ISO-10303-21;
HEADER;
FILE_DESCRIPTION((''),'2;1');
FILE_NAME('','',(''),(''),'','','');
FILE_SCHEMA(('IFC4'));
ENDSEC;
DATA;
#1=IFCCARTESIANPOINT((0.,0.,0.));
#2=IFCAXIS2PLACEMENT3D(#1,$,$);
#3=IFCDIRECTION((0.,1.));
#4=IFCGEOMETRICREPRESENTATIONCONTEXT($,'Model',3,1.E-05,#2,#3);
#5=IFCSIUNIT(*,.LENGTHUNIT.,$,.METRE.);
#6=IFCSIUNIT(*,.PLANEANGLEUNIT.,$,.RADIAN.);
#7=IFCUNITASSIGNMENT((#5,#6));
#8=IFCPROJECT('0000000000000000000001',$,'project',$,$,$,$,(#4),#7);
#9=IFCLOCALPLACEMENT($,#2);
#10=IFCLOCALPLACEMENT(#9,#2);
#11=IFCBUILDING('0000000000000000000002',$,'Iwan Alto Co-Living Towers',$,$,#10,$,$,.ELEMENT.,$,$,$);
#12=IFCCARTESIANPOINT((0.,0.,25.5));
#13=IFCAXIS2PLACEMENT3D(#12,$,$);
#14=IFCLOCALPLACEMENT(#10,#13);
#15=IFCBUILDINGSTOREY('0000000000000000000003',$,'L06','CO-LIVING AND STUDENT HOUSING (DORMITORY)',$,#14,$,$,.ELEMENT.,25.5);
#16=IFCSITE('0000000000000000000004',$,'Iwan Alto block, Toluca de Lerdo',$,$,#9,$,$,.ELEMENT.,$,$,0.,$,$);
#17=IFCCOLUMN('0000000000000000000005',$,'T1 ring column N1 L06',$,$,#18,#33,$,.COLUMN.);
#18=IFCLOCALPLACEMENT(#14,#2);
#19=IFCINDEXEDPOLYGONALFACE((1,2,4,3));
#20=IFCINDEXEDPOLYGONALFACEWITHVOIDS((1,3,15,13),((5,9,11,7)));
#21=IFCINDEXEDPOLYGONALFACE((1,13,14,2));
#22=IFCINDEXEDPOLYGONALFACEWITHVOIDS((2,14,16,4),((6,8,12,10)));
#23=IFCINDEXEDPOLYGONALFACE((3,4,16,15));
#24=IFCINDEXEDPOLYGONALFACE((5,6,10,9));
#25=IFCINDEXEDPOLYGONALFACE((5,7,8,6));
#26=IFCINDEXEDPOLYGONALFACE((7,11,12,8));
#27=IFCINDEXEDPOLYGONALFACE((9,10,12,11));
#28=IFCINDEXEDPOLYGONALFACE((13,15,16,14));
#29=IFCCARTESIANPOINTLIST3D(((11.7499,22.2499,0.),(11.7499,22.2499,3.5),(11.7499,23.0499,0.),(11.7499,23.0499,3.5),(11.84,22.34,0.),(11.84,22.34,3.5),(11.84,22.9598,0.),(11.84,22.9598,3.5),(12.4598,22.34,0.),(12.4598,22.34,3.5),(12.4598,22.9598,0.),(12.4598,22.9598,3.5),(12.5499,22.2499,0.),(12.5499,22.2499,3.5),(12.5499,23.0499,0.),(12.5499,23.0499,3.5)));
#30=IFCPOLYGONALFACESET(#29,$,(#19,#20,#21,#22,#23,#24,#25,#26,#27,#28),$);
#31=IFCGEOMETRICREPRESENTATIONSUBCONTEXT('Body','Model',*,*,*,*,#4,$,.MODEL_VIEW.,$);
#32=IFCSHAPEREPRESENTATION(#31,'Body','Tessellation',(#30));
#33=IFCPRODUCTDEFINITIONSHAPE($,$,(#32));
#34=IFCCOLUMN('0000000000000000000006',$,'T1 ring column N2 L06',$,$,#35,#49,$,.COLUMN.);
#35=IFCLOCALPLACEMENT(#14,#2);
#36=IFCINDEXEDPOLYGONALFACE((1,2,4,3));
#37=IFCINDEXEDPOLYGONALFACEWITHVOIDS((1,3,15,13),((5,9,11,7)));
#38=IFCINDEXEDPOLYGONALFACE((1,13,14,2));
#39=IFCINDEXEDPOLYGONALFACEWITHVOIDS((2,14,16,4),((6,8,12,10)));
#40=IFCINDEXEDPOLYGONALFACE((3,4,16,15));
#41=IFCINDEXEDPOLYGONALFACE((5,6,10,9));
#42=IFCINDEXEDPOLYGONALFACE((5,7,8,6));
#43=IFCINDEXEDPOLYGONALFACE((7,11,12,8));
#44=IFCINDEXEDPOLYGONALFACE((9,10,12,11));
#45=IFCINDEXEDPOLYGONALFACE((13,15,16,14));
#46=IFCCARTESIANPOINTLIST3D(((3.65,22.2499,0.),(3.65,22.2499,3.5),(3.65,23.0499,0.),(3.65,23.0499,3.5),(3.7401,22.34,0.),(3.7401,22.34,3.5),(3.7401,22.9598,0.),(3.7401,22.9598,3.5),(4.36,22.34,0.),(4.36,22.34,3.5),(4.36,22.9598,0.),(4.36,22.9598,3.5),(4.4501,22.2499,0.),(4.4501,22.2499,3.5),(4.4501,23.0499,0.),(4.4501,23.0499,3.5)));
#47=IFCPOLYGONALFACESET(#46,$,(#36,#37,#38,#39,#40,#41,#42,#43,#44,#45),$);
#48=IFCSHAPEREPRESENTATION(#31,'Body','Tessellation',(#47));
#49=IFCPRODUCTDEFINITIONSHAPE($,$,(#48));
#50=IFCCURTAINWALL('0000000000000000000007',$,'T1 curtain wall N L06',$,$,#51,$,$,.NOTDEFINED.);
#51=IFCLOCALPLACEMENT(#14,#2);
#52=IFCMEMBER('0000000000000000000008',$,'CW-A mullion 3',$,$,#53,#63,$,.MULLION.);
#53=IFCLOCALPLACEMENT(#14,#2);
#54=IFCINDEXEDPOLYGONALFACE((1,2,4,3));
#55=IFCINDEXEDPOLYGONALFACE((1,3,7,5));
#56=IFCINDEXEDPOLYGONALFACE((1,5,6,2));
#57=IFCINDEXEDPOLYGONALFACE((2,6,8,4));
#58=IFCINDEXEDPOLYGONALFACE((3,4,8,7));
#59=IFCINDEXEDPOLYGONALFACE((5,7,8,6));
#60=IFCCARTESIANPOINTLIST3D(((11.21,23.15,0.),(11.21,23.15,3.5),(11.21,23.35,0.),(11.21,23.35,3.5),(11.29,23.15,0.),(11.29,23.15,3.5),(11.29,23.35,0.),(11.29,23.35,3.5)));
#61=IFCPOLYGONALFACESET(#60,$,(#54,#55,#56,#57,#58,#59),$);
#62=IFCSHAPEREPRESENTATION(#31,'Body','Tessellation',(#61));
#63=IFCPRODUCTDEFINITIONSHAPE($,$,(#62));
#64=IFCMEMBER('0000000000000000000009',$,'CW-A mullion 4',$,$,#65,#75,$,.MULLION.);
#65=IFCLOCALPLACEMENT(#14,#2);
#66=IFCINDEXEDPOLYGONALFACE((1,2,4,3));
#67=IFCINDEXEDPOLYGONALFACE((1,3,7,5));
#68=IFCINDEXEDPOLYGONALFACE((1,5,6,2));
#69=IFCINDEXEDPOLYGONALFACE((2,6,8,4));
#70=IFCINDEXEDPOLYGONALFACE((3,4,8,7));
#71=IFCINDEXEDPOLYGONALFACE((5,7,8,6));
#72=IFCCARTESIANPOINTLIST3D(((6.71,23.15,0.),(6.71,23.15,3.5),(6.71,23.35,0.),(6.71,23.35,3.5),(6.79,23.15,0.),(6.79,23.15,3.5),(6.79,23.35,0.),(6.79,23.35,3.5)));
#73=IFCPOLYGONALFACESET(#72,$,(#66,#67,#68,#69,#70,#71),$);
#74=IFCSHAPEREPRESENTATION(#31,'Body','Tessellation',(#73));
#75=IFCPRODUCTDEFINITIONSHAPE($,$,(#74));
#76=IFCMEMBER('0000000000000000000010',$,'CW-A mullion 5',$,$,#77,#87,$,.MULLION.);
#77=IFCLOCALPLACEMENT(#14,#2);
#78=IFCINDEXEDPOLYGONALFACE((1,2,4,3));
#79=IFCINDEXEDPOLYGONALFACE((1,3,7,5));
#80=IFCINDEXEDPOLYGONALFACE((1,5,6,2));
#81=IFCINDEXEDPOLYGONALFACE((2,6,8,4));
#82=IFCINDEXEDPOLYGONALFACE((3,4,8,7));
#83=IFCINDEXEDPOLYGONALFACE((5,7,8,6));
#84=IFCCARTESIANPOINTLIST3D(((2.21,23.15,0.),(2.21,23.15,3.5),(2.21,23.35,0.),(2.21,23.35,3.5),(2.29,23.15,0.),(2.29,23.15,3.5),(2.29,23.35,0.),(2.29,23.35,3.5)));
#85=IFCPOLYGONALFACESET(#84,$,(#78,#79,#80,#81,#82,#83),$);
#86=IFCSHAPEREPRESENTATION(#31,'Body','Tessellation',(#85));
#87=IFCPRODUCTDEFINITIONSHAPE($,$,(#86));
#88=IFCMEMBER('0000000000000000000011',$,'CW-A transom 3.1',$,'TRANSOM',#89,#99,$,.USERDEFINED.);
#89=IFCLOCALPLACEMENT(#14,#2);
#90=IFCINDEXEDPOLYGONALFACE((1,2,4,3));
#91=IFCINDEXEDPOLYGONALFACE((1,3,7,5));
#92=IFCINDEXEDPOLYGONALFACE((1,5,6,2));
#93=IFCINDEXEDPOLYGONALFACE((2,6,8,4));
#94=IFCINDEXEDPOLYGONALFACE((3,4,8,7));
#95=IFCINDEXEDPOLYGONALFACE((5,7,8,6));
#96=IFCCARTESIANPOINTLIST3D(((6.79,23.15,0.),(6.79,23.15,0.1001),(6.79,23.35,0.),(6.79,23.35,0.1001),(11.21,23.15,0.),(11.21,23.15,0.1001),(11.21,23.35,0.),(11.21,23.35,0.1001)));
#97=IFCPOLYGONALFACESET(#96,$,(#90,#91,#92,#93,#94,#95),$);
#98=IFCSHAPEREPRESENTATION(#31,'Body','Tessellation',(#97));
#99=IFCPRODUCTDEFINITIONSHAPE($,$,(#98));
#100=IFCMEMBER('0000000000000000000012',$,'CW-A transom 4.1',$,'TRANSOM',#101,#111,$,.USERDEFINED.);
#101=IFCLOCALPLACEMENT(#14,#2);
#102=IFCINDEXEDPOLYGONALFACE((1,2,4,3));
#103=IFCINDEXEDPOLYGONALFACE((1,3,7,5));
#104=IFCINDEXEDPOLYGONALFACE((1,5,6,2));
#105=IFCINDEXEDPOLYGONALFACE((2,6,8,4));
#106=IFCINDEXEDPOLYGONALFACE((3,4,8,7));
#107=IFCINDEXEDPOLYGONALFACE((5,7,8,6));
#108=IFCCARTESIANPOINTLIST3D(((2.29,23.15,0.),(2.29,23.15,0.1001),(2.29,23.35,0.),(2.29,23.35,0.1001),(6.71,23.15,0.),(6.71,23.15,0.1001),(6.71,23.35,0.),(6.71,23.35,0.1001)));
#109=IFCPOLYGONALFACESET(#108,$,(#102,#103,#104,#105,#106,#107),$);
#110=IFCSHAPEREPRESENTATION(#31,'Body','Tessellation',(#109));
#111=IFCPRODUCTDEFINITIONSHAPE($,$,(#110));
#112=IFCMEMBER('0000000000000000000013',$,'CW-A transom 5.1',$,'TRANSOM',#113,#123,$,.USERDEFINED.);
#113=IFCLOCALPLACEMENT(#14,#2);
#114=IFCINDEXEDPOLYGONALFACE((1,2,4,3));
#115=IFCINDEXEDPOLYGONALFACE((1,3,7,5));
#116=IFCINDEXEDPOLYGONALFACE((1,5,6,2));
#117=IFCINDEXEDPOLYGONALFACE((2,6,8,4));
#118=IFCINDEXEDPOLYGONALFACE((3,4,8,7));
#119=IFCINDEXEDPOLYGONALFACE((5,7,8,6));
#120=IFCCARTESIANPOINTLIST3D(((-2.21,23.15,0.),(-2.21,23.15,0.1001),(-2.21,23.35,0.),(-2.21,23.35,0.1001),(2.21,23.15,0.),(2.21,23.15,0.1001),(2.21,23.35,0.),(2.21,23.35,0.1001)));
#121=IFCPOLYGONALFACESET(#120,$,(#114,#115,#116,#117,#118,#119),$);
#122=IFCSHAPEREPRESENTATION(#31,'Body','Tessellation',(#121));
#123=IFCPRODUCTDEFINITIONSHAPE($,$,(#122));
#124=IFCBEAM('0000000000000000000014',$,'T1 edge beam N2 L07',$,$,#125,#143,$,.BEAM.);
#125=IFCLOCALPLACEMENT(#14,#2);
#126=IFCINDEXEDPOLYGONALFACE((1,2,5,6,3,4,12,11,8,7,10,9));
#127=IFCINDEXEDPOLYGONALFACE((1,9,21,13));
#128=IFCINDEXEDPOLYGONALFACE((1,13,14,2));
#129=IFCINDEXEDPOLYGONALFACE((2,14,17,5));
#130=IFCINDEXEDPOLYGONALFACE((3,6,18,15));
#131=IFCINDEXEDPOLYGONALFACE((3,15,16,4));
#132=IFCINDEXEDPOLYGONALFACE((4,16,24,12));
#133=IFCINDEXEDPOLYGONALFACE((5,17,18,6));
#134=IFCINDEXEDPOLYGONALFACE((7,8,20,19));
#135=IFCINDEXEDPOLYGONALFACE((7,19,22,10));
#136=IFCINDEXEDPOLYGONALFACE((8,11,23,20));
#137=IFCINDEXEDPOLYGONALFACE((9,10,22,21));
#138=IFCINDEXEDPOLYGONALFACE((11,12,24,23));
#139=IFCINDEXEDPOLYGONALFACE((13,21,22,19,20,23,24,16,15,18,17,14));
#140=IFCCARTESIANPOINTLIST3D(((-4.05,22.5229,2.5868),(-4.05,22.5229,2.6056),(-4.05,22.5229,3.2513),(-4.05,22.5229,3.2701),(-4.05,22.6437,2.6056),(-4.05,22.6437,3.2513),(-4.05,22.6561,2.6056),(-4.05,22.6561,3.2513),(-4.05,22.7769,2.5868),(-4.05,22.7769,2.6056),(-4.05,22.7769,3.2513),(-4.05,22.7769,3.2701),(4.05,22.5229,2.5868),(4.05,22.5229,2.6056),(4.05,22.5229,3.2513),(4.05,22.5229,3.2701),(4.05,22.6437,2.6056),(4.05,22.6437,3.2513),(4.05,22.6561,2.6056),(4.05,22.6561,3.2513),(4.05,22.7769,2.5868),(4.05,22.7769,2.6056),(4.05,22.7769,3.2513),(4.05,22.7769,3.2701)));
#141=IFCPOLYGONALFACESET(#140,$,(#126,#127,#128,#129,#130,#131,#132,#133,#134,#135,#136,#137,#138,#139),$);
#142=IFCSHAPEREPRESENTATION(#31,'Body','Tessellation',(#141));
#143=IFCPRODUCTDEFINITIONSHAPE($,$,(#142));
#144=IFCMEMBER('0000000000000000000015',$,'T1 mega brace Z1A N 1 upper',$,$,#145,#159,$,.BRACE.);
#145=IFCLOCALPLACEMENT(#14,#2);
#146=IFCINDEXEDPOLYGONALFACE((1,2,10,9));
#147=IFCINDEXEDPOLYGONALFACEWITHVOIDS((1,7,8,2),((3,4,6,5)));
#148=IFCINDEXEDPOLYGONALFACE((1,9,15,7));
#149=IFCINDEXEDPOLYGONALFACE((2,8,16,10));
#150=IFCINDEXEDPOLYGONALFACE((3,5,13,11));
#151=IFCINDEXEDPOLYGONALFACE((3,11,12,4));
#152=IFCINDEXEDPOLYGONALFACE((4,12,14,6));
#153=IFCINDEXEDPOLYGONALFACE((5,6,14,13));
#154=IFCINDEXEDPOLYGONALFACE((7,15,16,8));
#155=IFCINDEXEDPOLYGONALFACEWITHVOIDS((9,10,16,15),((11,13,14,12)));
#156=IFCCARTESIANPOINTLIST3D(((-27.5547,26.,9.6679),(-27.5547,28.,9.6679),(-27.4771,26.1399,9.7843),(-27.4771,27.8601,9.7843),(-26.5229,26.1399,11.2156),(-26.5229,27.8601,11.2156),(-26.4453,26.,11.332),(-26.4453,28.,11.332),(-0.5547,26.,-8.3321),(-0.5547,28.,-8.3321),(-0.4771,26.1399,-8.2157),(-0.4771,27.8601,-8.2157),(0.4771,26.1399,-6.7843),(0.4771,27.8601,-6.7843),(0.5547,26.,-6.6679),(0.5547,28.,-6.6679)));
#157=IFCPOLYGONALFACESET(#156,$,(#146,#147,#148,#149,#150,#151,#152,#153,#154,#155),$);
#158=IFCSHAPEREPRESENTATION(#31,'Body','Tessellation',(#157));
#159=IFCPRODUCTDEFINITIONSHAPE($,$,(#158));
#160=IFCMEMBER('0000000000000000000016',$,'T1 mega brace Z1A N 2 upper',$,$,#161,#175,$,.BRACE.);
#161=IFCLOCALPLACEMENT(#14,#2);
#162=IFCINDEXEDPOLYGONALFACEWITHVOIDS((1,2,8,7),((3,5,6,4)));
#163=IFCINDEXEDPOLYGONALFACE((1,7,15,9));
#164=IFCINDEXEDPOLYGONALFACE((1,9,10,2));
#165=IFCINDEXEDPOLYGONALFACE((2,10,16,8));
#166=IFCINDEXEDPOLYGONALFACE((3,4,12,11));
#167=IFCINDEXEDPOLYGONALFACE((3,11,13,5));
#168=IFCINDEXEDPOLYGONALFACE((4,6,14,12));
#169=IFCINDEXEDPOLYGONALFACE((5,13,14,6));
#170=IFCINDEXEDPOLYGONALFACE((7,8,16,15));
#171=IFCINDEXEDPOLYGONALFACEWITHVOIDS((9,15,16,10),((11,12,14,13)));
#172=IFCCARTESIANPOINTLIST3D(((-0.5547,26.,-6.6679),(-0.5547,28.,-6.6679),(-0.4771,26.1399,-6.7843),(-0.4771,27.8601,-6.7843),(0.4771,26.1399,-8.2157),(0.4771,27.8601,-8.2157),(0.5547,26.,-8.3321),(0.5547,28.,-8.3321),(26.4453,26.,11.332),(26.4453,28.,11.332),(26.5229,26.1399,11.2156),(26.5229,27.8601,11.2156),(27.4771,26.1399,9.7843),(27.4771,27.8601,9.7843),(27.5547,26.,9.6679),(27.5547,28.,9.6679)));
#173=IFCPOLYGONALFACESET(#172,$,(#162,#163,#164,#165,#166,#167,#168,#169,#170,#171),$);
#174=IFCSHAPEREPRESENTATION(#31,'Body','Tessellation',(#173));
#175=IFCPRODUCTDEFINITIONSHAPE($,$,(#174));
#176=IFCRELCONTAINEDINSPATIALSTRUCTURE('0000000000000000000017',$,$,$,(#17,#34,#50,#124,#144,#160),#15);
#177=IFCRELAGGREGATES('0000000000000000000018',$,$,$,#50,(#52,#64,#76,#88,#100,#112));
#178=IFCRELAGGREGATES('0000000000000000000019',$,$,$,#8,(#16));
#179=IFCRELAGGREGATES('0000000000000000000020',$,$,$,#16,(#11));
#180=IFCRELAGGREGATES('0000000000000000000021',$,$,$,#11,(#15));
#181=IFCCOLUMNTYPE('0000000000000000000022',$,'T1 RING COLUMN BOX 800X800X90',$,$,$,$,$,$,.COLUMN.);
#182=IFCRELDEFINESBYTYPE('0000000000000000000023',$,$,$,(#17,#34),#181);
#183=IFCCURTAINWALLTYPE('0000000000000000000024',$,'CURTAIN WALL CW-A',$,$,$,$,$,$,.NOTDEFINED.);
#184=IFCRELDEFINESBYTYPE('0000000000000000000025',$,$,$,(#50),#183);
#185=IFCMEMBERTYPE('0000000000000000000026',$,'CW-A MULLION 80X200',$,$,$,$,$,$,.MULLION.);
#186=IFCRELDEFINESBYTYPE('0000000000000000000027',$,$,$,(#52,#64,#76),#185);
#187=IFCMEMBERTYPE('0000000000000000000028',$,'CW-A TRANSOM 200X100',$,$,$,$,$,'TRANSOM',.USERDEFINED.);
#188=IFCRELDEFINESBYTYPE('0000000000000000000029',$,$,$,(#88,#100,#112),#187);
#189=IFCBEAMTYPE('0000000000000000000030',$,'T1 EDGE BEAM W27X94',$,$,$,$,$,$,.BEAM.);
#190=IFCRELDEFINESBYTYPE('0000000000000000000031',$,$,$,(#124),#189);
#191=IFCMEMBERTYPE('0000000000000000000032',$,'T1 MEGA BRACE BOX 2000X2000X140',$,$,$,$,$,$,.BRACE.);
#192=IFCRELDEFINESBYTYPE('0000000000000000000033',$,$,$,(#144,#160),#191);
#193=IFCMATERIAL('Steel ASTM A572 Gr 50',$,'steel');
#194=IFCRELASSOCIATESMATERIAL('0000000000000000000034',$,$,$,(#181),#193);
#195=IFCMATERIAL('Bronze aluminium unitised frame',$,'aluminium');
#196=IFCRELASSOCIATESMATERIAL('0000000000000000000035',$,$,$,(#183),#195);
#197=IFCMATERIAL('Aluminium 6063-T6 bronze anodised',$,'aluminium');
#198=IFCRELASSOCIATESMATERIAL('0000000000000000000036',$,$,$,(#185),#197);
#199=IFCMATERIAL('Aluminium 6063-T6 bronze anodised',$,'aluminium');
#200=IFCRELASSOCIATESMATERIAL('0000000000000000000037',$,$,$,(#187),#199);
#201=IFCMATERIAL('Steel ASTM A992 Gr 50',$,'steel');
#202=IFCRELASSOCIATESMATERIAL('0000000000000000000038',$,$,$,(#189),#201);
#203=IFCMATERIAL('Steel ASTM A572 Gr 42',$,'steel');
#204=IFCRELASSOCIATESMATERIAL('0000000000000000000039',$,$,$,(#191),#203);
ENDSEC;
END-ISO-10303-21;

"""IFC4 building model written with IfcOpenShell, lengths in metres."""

from ifc_helpers import new_model, si_unit, direction, frame, origin, origin_2d, place, context, subcontext, project, spatial, rectangle, hollow_rectangle, i_section, extrude, material, material_profile, profile_set, type_object, element, aggregate, save


model = new_model("IFC4")

# Units and contexts
model_context = context("Model", 3, precision=1e-05, world=origin(), true_north=direction((0.0, 1.0)))
body_context = subcontext(model_context, "Body", "Model", "MODEL_VIEW")
ifc_project = project(units=[si_unit("LENGTHUNIT", "METRE"), si_unit("PLANEANGLEUNIT", "RADIAN")], contexts=[model_context])

# Site, building, storey
site_placement = place(None, origin())
site = spatial("IfcSite", under=ifc_project, at=site_placement, Name="Iwan Alto block, Toluca de Lerdo", CompositionType="ELEMENT", RefElevation=0.0)
building_placement = place(site_placement, origin())
building = spatial("IfcBuilding", under=site, at=building_placement, Name="Iwan Alto Co-Living Towers", CompositionType="ELEMENT")
storey_placement = place(building_placement, frame((0.0, 0.0, 25.5)))
storey = spatial("IfcBuildingStorey", under=building, at=storey_placement, Name="L06", Description="CO-LIVING AND STUDENT HOUSING (DORMITORY)", CompositionType="ELEMENT", Elevation=25.5)

# Columns
ifc_material_1 = material(Name="Steel ASTM A572 Gr 50", Category="steel")
ifc_material_profile_1 = material_profile(ifc_material_1, hollow_rectangle(XDim=0.8, YDim=0.8, WallThickness=0.0901, at=origin_2d()), Name="BOX 800X800X90")
ifc_profile_set_1 = profile_set([ifc_material_profile_1], Name="Steel ASTM A572 Gr 50")
column_type = type_object("IfcColumnType", Name="T1 RING COLUMN BOX 800X800X90", PredefinedType="COLUMN", material=ifc_profile_set_1)
for number, where, z_axis, x_axis, name in (
    (1, (12.1499, 22.6499, 0.0), (0.0, 0.0, 1.0), (1.0, 0.0, 0.0), "T1 ring column N1 L06"),
    (2, (4.05, 22.6499, 0.0), (0.0, 0.0, 1.0), (1.0, 0.0, 0.0), "T1 ring column N2 L06"),
):
    element("IfcColumn", number, at=place(storey_placement, frame(where, z_axis=z_axis, x_axis=x_axis)), inside=storey, type_object=column_type, Name=name, PredefinedType="COLUMN", context=body_context, shape_type="SweptSolid", body=[
        extrude(hollow_rectangle(XDim=0.8, YDim=0.8, WallThickness=0.0901, at=origin_2d()), origin(), (0.0, 0.0, 1.0), 3.5),
    ])

# Curtain wall, members
ifc_material_2 = material(Name="Bronze aluminium unitised frame", Category="aluminium")
curtain_wall_type = type_object("IfcCurtainWallType", Name="CURTAIN WALL CW-A", PredefinedType="NOTDEFINED", material=ifc_material_2)
curtain_wall_placement = place(storey_placement, origin())
curtain_wall = element("IfcCurtainWall", 3, at=curtain_wall_placement, inside=storey, type_object=curtain_wall_type, Name="T1 curtain wall N L06", PredefinedType="NOTDEFINED")
ifc_material_3 = material(Name="Aluminium 6063-T6 bronze anodised", Category="aluminium")
ifc_material_profile_2 = material_profile(ifc_material_3, rectangle(XDim=0.2, YDim=0.0801, at=origin_2d()), Name="AL 80X200")
ifc_profile_set_2 = profile_set([ifc_material_profile_2], Name="Aluminium 6063-T6 bronze anodised")
member_type_1 = type_object("IfcMemberType", Name="CW-A MULLION 80X200", PredefinedType="MULLION", material=ifc_profile_set_2)
member_1_placement = place(storey_placement, frame((11.25, 23.25, 0.0), z_axis=(0.0, 0.0, 1.0), x_axis=(0.0, -1.0, 0.0)))
member_1 = element("IfcMember", 4, at=member_1_placement, type_object=member_type_1, Name="CW-A mullion 3", PredefinedType="MULLION", context=body_context, shape_type="SweptSolid", body=[
    extrude(rectangle(XDim=0.2, YDim=0.0801, at=origin_2d()), origin(), (0.0, 0.0, 1.0), 3.5),
])
member_2_placement = place(storey_placement, frame((6.75, 23.25, 0.0), z_axis=(0.0, 0.0, 1.0), x_axis=(0.0, -1.0, 0.0)))
member_2 = element("IfcMember", 5, at=member_2_placement, type_object=member_type_1, Name="CW-A mullion 4", PredefinedType="MULLION", context=body_context, shape_type="SweptSolid", body=[
    extrude(rectangle(XDim=0.2, YDim=0.0801, at=origin_2d()), origin(), (0.0, 0.0, 1.0), 3.5),
])
member_3_placement = place(storey_placement, frame((2.25, 23.25, 0.0), z_axis=(0.0, 0.0, 1.0), x_axis=(0.0, -1.0, 0.0)))
member_3 = element("IfcMember", 6, at=member_3_placement, type_object=member_type_1, Name="CW-A mullion 5", PredefinedType="MULLION", context=body_context, shape_type="SweptSolid", body=[
    extrude(rectangle(XDim=0.2, YDim=0.0801, at=origin_2d()), origin(), (0.0, 0.0, 1.0), 3.5),
])
ifc_material_4 = material(Name="Aluminium 6063-T6 bronze anodised", Category="aluminium")
ifc_material_profile_3 = material_profile(ifc_material_4, rectangle(XDim=0.2, YDim=0.1001, at=origin_2d()), Name="AL 200X100")
ifc_profile_set_3 = profile_set([ifc_material_profile_3], Name="Aluminium 6063-T6 bronze anodised")
member_type_2 = type_object("IfcMemberType", Name="CW-A TRANSOM 200X100", ElementType="TRANSOM", PredefinedType="USERDEFINED", material=ifc_profile_set_3)
member_4_placement = place(storey_placement, frame((11.21, 23.25, 0.05), z_axis=(-1.0, 0.0, 0.0), x_axis=(0.0, -1.0, 0.0)))
member_4 = element("IfcMember", 7, at=member_4_placement, type_object=member_type_2, Name="CW-A transom 3.1", ObjectType="TRANSOM", PredefinedType="USERDEFINED", context=body_context, shape_type="SweptSolid", body=[
    extrude(rectangle(XDim=0.2, YDim=0.1001, at=origin_2d()), origin(), (0.0, 0.0, 1.0), 4.4199),
])
member_5_placement = place(storey_placement, frame((6.71, 23.25, 0.05), z_axis=(-1.0, 0.0, 0.0), x_axis=(0.0, -1.0, 0.0)))
member_5 = element("IfcMember", 8, at=member_5_placement, type_object=member_type_2, Name="CW-A transom 4.1", ObjectType="TRANSOM", PredefinedType="USERDEFINED", context=body_context, shape_type="SweptSolid", body=[
    extrude(rectangle(XDim=0.2, YDim=0.1001, at=origin_2d()), origin(), (0.0, 0.0, 1.0), 4.4199),
])
member_6_placement = place(storey_placement, frame((2.21, 23.25, 0.05), z_axis=(-1.0, 0.0, 0.0), x_axis=(0.0, -1.0, 0.0)))
member_6 = element("IfcMember", 9, at=member_6_placement, type_object=member_type_2, Name="CW-A transom 5.1", ObjectType="TRANSOM", PredefinedType="USERDEFINED", context=body_context, shape_type="SweptSolid", body=[
    extrude(rectangle(XDim=0.2, YDim=0.1001, at=origin_2d()), origin(), (0.0, 0.0, 1.0), 4.4199),
])

# Beam
ifc_material_5 = material(Name="Steel ASTM A992 Gr 50", Category="steel")
ifc_material_profile_4 = material_profile(ifc_material_5, i_section(OverallWidth=0.2539, OverallDepth=0.6833, WebThickness=0.0125, FlangeThickness=0.0188, at=origin_2d()), Name="W27X94")
ifc_profile_set_4 = profile_set([ifc_material_profile_4], Name="Steel ASTM A992 Gr 50")
beam_type_1 = type_object("IfcBeamType", Name="T1 EDGE BEAM W27X94", PredefinedType="BEAM", material=ifc_profile_set_4)
beam_1_placement = place(storey_placement, frame((4.05, 22.6499, 2.9285), z_axis=(-1.0, 0.0, 0.0), x_axis=(0.0, -1.0, 0.0)))
element("IfcBeam", 10, at=beam_1_placement, inside=storey, type_object=beam_type_1, Name="T1 edge beam N2 L07", PredefinedType="BEAM", context=body_context, shape_type="SweptSolid", body=[
    extrude(i_section(OverallWidth=0.2539, OverallDepth=0.6833, WebThickness=0.0125, FlangeThickness=0.0188, at=origin_2d()), origin(), (0.0, 0.0, 1.0), 8.1001),
])

# Members
ifc_material_6 = material(Name="Steel ASTM A572 Gr 42", Category="steel")
ifc_material_profile_5 = material_profile(ifc_material_6, hollow_rectangle(XDim=2.0, YDim=2.0, WallThickness=0.1399, at=origin_2d()), Name="BOX 2000X2000X140")
ifc_profile_set_5 = profile_set([ifc_material_profile_5], Name="Steel ASTM A572 Gr 42")
member_type_3 = type_object("IfcMemberType", Name="T1 MEGA BRACE BOX 2000X2000X140", PredefinedType="BRACE", material=ifc_profile_set_5)
for number, where, z_axis, x_axis, name in (
    (11, (0.0, 27.0, -7.5), (-0.83205, 0.0, 0.5547), (0.0, -1.0, 0.0), "T1 mega brace Z1A N 1 upper"),
    (12, (0.0, 27.0, -7.5), (0.83205, 0.0, 0.5547), (0.0, 1.0, 0.0), "T1 mega brace Z1A N 2 upper"),
):
    element("IfcMember", number, at=place(storey_placement, frame(where, z_axis=z_axis, x_axis=x_axis)), inside=storey, type_object=member_type_3, Name=name, PredefinedType="BRACE", context=body_context, shape_type="SweptSolid", body=[
        extrude(hollow_rectangle(XDim=2.0, YDim=2.0, WallThickness=0.1399, at=origin_2d()), origin(), (0.0, 0.0, 1.0), 32.45),
    ])

aggregate(curtain_wall, [member_1, member_2, member_3, member_4, member_5, member_6])

save(model, "model.ifc")
